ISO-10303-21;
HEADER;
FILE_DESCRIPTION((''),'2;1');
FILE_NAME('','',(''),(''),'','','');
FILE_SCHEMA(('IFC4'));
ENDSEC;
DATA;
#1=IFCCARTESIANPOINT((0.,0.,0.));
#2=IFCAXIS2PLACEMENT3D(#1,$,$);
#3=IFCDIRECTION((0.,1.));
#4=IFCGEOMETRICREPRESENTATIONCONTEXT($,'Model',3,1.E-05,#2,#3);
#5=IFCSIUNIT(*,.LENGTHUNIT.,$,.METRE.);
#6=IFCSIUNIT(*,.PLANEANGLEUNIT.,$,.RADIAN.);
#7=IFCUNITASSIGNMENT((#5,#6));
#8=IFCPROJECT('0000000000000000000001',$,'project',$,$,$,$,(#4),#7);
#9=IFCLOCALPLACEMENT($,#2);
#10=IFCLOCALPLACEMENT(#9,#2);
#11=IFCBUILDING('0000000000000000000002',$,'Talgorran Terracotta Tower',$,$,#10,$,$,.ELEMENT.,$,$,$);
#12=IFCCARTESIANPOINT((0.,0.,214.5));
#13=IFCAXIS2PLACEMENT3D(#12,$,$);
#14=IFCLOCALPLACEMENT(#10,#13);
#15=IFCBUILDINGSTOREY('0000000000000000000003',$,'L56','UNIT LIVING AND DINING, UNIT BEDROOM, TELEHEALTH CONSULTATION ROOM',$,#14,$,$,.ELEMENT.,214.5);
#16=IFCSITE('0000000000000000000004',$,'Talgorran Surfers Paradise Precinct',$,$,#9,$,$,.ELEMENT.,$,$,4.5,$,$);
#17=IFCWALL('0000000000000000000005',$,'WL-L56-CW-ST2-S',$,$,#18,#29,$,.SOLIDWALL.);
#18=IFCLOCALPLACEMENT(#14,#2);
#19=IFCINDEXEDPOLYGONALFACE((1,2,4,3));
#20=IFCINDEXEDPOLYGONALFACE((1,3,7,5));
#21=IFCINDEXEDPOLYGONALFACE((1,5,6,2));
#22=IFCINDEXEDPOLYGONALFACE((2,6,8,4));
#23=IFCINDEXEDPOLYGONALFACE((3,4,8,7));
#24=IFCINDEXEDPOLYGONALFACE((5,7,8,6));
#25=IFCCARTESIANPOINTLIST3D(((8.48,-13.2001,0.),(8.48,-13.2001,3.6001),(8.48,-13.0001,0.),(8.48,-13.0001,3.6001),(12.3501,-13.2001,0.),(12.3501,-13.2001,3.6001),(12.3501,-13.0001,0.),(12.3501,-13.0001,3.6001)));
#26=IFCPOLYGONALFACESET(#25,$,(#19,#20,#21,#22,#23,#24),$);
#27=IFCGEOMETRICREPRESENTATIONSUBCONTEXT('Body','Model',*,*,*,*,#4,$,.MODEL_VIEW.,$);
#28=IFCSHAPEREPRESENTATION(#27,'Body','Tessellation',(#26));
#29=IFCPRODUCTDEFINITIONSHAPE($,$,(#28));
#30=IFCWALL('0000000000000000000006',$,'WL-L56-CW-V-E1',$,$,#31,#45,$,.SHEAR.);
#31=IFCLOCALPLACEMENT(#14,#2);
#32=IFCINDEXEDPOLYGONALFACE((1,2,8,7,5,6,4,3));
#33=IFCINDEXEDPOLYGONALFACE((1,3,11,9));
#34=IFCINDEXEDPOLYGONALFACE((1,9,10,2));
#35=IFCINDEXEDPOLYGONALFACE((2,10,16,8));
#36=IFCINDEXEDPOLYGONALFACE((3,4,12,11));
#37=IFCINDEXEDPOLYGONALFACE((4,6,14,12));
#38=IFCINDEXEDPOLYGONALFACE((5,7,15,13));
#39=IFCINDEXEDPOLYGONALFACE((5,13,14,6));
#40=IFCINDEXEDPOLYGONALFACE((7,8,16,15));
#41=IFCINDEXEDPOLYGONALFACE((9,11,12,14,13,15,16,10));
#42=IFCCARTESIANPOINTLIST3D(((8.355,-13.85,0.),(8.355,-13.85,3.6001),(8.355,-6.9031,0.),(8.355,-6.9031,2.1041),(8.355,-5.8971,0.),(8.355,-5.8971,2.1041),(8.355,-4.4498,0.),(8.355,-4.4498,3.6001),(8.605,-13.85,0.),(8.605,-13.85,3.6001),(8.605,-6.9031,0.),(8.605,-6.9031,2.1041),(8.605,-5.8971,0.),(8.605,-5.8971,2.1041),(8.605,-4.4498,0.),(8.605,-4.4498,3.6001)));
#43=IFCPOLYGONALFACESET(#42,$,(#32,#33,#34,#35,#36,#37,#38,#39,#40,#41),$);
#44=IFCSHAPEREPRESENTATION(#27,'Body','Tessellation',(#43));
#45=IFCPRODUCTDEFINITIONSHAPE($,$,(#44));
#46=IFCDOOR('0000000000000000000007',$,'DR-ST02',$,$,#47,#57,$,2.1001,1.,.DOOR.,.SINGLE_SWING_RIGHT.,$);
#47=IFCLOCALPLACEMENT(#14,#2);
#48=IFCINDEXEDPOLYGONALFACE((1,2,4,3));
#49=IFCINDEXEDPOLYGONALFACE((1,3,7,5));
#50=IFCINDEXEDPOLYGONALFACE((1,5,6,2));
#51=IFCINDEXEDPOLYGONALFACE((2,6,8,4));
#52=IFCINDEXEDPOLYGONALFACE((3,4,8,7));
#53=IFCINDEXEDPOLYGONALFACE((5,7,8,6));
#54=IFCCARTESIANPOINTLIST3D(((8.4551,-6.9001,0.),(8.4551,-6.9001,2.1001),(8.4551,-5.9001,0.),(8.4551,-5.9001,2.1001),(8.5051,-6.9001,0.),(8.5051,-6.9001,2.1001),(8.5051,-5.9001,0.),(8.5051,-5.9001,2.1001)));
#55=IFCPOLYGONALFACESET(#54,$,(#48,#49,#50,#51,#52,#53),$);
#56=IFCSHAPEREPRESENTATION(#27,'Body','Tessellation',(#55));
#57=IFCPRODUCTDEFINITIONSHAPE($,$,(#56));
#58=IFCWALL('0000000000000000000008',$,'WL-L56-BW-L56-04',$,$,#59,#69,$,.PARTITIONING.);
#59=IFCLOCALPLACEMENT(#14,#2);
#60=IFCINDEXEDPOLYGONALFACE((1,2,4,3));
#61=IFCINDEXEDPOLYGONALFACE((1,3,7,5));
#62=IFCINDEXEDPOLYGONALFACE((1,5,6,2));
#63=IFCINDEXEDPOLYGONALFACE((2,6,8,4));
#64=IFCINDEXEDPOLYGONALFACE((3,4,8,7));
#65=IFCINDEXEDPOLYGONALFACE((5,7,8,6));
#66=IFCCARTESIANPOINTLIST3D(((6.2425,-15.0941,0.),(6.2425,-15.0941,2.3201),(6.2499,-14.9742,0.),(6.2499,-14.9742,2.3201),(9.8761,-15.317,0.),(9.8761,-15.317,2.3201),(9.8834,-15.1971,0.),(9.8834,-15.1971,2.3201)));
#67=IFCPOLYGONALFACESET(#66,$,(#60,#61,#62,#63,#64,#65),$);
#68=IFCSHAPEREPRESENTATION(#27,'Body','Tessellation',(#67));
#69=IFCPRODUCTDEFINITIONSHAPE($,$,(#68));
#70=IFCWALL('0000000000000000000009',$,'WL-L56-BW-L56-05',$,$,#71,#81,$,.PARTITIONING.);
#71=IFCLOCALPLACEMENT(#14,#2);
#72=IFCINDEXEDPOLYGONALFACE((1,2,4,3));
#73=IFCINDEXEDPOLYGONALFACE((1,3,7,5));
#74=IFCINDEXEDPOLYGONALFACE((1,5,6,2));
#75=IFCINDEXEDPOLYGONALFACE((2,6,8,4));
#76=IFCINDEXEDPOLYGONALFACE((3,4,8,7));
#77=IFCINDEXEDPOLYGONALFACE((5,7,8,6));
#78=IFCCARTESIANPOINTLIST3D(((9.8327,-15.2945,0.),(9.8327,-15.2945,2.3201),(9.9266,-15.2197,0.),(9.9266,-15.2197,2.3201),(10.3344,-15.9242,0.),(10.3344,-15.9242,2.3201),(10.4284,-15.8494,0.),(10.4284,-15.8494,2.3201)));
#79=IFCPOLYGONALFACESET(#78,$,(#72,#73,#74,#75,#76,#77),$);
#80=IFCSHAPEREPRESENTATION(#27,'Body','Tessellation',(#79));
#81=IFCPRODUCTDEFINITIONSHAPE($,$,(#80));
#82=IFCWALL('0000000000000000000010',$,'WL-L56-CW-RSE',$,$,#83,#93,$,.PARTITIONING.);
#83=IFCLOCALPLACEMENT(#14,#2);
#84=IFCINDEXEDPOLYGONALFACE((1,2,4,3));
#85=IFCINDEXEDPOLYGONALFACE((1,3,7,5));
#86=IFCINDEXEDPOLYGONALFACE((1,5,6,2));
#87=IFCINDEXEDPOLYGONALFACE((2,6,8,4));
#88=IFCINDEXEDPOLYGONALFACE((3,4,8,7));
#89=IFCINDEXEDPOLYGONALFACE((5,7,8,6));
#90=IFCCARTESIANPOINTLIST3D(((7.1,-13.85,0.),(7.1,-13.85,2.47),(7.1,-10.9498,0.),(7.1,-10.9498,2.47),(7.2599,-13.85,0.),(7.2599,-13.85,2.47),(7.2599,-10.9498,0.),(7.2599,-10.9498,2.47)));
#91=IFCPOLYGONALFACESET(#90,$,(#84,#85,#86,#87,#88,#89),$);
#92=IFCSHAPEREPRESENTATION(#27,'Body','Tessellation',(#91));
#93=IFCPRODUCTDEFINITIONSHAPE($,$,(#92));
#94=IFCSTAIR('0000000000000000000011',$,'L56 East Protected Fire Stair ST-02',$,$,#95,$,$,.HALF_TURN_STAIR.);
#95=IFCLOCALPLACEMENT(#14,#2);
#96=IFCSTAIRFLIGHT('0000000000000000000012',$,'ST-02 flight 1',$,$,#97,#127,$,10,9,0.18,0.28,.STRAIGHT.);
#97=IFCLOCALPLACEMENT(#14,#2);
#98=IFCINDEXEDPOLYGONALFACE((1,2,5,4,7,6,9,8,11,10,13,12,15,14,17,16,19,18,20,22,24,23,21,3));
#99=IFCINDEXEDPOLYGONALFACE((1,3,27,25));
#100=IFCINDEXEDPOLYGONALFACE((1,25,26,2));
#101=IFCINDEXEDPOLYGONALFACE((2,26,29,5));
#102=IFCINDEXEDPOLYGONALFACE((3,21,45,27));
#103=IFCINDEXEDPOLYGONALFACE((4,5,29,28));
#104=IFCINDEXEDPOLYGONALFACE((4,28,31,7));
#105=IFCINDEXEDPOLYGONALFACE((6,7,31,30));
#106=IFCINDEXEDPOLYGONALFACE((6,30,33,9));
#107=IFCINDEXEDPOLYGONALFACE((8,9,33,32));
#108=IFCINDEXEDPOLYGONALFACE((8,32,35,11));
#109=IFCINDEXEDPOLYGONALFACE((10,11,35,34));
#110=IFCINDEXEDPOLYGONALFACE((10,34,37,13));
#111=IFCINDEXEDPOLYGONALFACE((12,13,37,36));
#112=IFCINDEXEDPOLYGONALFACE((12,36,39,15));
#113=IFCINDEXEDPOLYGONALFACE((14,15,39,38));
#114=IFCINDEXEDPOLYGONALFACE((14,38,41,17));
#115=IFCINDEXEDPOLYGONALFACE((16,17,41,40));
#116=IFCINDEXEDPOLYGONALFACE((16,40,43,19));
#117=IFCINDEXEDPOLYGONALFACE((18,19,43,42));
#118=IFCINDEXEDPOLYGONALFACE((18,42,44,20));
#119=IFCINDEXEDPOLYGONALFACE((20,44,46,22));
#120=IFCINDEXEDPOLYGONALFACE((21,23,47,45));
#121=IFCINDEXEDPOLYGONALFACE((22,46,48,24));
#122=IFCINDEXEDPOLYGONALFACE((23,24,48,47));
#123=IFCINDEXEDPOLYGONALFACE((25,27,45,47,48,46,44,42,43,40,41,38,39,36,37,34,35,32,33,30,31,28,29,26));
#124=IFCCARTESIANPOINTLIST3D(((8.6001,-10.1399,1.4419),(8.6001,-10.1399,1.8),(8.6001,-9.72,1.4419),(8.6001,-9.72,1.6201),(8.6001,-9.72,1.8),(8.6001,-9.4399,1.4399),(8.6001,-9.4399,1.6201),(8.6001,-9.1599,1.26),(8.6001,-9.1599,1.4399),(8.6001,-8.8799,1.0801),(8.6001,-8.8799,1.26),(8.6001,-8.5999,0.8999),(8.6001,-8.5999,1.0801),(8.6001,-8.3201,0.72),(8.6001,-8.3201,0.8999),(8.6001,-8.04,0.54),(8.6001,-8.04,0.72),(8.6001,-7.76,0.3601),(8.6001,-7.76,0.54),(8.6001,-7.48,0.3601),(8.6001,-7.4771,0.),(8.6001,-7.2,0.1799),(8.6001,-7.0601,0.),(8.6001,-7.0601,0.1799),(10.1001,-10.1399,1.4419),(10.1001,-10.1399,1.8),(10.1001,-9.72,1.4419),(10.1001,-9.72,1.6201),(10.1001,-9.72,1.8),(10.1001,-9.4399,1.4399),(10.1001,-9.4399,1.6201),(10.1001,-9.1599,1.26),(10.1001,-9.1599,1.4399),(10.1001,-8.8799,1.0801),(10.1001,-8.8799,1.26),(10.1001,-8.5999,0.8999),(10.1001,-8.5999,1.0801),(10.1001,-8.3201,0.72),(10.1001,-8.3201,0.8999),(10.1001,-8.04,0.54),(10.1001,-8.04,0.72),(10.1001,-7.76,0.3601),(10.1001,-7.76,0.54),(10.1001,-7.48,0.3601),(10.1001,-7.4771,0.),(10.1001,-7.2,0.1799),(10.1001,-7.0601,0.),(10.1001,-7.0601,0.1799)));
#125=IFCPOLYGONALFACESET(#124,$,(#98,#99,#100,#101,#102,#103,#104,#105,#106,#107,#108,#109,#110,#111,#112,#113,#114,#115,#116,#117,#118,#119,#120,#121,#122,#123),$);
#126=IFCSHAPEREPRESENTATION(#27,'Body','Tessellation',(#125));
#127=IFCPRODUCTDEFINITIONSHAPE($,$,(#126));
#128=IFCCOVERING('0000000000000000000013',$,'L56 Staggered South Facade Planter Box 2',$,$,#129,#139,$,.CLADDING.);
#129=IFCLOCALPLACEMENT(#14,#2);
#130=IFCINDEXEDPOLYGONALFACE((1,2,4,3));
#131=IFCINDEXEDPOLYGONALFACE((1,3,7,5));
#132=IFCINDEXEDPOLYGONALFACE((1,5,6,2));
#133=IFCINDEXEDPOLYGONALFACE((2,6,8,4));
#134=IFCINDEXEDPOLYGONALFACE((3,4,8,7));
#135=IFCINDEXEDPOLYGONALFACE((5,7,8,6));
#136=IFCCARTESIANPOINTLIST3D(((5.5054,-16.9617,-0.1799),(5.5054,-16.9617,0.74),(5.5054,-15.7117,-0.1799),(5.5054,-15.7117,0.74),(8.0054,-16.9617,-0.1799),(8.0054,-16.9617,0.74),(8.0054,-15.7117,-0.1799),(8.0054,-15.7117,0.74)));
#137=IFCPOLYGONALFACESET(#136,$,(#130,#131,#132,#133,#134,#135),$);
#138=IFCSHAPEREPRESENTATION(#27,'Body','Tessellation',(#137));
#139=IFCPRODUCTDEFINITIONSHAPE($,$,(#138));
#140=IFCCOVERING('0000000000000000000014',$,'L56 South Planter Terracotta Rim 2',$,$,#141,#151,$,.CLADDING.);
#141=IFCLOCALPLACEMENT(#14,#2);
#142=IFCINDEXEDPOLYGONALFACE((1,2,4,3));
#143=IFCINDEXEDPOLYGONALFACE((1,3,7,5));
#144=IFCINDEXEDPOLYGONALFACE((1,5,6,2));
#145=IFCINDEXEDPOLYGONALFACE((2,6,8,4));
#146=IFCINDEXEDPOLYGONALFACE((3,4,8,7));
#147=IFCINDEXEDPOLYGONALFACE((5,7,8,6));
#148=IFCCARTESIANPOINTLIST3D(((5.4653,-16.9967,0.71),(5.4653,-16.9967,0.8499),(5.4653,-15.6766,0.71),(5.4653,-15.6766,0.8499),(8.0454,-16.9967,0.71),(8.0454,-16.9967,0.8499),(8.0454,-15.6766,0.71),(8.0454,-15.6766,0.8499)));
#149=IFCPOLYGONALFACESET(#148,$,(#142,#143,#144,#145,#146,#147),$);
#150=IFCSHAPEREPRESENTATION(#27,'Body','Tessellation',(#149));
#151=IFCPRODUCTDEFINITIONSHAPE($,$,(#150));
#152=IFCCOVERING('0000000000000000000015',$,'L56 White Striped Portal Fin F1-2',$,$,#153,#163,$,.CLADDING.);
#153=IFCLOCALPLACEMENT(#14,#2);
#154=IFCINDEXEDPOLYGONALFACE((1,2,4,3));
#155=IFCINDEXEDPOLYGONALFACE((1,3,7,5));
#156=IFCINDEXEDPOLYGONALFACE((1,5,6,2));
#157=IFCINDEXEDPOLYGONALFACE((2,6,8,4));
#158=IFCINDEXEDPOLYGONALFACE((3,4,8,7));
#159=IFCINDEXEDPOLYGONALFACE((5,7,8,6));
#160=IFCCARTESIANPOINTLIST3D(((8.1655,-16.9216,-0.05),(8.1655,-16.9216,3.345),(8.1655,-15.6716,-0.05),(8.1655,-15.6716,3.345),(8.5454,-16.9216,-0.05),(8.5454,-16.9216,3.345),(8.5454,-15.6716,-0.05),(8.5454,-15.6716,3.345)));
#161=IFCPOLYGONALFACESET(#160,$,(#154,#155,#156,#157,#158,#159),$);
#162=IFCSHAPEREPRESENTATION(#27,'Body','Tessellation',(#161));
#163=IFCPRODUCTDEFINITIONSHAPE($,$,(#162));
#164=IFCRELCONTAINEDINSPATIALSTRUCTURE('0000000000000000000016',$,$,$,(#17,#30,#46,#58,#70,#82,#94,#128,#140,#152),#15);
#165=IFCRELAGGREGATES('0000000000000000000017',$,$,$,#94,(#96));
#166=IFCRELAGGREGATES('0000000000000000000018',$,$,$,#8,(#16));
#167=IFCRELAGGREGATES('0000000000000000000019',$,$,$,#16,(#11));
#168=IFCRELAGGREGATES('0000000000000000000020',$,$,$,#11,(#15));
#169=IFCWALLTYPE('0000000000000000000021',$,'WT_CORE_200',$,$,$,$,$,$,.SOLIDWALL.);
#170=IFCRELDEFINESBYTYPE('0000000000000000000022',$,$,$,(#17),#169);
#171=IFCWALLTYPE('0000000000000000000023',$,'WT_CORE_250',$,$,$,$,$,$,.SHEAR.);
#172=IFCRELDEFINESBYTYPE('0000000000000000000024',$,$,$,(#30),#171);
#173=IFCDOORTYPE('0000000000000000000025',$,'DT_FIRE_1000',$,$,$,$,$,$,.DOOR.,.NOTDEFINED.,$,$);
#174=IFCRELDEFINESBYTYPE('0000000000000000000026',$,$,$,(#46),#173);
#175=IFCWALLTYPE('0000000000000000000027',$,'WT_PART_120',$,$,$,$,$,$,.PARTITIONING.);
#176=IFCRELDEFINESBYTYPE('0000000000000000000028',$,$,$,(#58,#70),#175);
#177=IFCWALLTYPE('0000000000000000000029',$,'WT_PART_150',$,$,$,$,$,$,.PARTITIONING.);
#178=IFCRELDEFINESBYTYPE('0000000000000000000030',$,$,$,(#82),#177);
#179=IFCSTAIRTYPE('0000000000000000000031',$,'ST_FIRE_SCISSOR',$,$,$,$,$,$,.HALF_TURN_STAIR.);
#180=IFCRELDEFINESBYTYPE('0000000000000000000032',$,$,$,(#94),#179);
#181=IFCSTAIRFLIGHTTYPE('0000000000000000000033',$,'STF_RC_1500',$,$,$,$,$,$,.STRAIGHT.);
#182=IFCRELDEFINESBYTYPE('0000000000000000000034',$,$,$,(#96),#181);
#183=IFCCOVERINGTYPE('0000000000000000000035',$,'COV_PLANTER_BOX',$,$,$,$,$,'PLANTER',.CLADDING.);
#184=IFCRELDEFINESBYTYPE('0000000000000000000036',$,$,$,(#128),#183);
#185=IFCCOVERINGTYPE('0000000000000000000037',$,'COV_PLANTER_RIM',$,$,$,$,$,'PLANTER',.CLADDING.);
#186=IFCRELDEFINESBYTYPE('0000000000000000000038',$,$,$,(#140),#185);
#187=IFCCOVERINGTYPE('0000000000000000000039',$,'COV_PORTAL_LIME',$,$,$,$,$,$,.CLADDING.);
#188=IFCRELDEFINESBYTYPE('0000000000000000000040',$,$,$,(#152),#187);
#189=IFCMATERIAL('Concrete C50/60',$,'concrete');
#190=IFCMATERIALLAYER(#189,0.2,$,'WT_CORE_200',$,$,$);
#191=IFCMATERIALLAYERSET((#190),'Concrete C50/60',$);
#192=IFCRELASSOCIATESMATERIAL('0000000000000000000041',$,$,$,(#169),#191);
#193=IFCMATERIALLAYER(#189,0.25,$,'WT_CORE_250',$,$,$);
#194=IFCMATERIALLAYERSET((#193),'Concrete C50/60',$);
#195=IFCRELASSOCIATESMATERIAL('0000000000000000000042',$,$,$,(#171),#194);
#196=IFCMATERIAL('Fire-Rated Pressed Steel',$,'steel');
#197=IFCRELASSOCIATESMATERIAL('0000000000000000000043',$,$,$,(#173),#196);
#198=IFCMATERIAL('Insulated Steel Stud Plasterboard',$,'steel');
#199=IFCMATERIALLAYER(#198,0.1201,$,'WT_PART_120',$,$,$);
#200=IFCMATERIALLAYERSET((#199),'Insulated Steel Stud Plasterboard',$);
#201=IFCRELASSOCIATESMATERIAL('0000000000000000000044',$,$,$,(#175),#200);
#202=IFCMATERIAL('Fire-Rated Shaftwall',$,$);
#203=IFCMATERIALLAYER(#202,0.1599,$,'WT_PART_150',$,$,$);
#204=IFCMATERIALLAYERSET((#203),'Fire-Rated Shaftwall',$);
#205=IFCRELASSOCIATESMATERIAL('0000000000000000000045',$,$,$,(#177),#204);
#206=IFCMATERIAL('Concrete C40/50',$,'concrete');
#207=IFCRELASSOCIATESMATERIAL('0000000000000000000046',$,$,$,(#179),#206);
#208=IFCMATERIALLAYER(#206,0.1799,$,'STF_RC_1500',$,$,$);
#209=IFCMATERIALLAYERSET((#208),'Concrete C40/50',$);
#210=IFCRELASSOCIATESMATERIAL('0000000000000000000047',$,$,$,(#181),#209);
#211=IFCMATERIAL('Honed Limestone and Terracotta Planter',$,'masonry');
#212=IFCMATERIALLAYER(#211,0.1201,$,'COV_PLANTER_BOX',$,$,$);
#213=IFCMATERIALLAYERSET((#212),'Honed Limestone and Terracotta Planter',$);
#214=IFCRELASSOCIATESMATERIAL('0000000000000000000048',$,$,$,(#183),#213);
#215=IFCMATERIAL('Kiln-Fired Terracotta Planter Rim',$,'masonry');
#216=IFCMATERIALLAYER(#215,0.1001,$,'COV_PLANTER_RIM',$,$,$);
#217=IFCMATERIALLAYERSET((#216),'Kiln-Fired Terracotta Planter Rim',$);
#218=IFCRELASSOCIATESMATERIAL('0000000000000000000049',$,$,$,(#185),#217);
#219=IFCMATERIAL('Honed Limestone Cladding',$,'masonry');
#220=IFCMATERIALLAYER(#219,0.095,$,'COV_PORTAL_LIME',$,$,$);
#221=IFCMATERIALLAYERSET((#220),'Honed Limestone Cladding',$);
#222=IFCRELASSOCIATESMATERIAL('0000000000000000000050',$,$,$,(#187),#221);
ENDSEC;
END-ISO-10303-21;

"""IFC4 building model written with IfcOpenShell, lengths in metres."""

from ifc_helpers import new_model, si_unit, direction, frame, frame_2d, origin, origin_2d, place, context, subcontext, project, spatial, polyline, rectangle, outline, extrude, material, layer, layer_set, type_object, element, fill, aggregate, save


model = new_model("IFC4")

# Units and contexts
model_context = context("Model", 3, precision=1e-05, world=origin(), true_north=direction((0.0, 1.0)))
body_context = subcontext(model_context, "Body", "Model", "MODEL_VIEW")
ifc_project = project(units=[si_unit("LENGTHUNIT", "METRE"), si_unit("PLANEANGLEUNIT", "RADIAN")], contexts=[model_context])

# Site, building, storey
site_placement = place(None, origin())
site = spatial("IfcSite", under=ifc_project, at=site_placement, Name="Talgorran Surfers Paradise Precinct", CompositionType="ELEMENT", RefElevation=4.5)
building_placement = place(site_placement, origin())
building = spatial("IfcBuilding", under=site, at=building_placement, Name="Talgorran Terracotta Tower", CompositionType="ELEMENT")
storey_placement = place(building_placement, frame((0.0, 0.0, 214.5)))
storey = spatial("IfcBuildingStorey", under=building, at=storey_placement, Name="L56", Description="UNIT LIVING AND DINING, UNIT BEDROOM, TELEHEALTH CONSULTATION ROOM", CompositionType="ELEMENT", Elevation=214.5)

# Wall
ifc_material_1 = material(Name="Concrete C50/60", Category="concrete")
ifc_layer_1 = layer(ifc_material_1, 0.2, Name="WT_CORE_200")
ifc_layer_set_1 = layer_set([ifc_layer_1], Name="Concrete C50/60")
wall_type_1 = type_object("IfcWallType", Name="WT_CORE_200", PredefinedType="SOLIDWALL", material=ifc_layer_set_1)
wall_1_placement = place(storey_placement, frame((8.48, -13.1001, 0.0), z_axis=(0.0, 0.0, 1.0), x_axis=(1.0, 0.0, 0.0)))
element("IfcWall", 1, at=wall_1_placement, inside=storey, type_object=wall_type_1, Name="WL-L56-CW-ST2-S", PredefinedType="SOLIDWALL", context=body_context, shape_type="SweptSolid", body=[
    extrude(rectangle(XDim=3.8701, YDim=0.2, at=frame_2d((1.9351, 0.0))), origin(), (0.0, 0.0, 1.0), 3.6001),
])

# Wall, opening, door
ifc_layer_2 = layer(ifc_material_1, 0.25, Name="WT_CORE_250")
ifc_layer_set_2 = layer_set([ifc_layer_2], Name="Concrete C50/60")
wall_type_2 = type_object("IfcWallType", Name="WT_CORE_250", PredefinedType="SHEAR", material=ifc_layer_set_2)
wall_2_placement = place(storey_placement, frame((8.48, -13.8501, 0.0), z_axis=(0.0, 0.0, 1.0), x_axis=(0.0, 1.0, 0.0)))
wall_2 = element("IfcWall", 2, at=wall_2_placement, inside=storey, type_object=wall_type_2, Name="WL-L56-CW-V-E1", PredefinedType="SHEAR", context=body_context, shape_type="SweptSolid", body=[
    extrude(rectangle(XDim=9.4001, YDim=0.25, at=frame_2d((4.7002, 0.0))), origin(), (0.0, 0.0, 1.0), 3.6001),
])
opening_placement = place(wall_2_placement, frame((6.95, 0.0, 0.0)))
opening = element("IfcOpeningElement", 3, at=opening_placement, cuts=wall_2, PredefinedType="OPENING", context=body_context, shape_type="SweptSolid", body=[
    extrude(rectangle(XDim=1.006, YDim=2.1041, at=frame_2d((0.5, 1.052))), frame((0.0, 0.135, 0.0), z_axis=(0.0, -1.0, 0.0), x_axis=(1.0, 0.0, 0.0)), (0.0, 0.0, 1.0), 0.27),
])
ifc_material_2 = material(Name="Fire-Rated Pressed Steel", Category="steel")
door_type = type_object("IfcDoorType", Name="DT_FIRE_1000", OperationType="NOTDEFINED", PredefinedType="DOOR", material=ifc_material_2)
door_placement = place(opening_placement, origin())
door = element("IfcDoor", 4, at=door_placement, inside=storey, type_object=door_type, Name="DR-ST02", OperationType="SINGLE_SWING_RIGHT", OverallHeight=2.1001, OverallWidth=1.0, PredefinedType="DOOR", context=body_context, shape_type="SweptSolid", body=[
    extrude(rectangle(XDim=1.0, YDim=2.1001, at=frame_2d((0.5, 1.05))), frame((0.0, 0.0249, 0.0), z_axis=(0.0, -1.0, 0.0), x_axis=(1.0, 0.0, 0.0)), (0.0, 0.0, 1.0), 0.05),
])
fill(opening, door)

# Walls
ifc_material_3 = material(Name="Insulated Steel Stud Plasterboard", Category="steel")
ifc_layer_3 = layer(ifc_material_3, 0.1201, Name="WT_PART_120")
ifc_layer_set_3 = layer_set([ifc_layer_3], Name="Insulated Steel Stud Plasterboard")
wall_type_3 = type_object("IfcWallType", Name="WT_PART_120", PredefinedType="PARTITIONING", material=ifc_layer_set_3)
wall_3_placement = place(storey_placement, frame((6.2461, -15.0342, 0.0), z_axis=(0.0, 0.0, 1.0), x_axis=(0.998124, -0.06123, 0.0)))
element("IfcWall", 5, at=wall_3_placement, inside=storey, type_object=wall_type_3, Name="WL-L56-BW-L56-04", PredefinedType="PARTITIONING", context=body_context, shape_type="SweptSolid", body=[
    extrude(rectangle(XDim=3.6404, YDim=0.1201, at=frame_2d((1.8203, 0.0))), origin(), (0.0, 0.0, 1.0), 2.3201),
])
wall_4_placement = place(storey_placement, frame((9.8796, -15.2571, 0.0), z_axis=(0.0, 0.0, 1.0), x_axis=(0.623178, -0.78208, 0.0)))
element("IfcWall", 6, at=wall_4_placement, inside=storey, type_object=wall_type_3, Name="WL-L56-BW-L56-05", PredefinedType="PARTITIONING", context=body_context, shape_type="SweptSolid", body=[
    extrude(rectangle(XDim=0.8052, YDim=0.1201, at=frame_2d((0.4026, 0.0))), origin(), (0.0, 0.0, 1.0), 2.3201),
])
ifc_material_4 = material(Name="Fire-Rated Shaftwall")
ifc_layer_4 = layer(ifc_material_4, 0.1599, Name="WT_PART_150")
ifc_layer_set_4 = layer_set([ifc_layer_4], Name="Fire-Rated Shaftwall")
wall_type_4 = type_object("IfcWallType", Name="WT_PART_150", PredefinedType="PARTITIONING", material=ifc_layer_set_4)
wall_5_placement = place(storey_placement, frame((7.1799, -13.8501, 0.0), z_axis=(0.0, 0.0, 1.0), x_axis=(0.0, 1.0, 0.0)))
element("IfcWall", 7, at=wall_5_placement, inside=storey, type_object=wall_type_4, Name="WL-L56-CW-RSE", PredefinedType="PARTITIONING", context=body_context, shape_type="SweptSolid", body=[
    extrude(rectangle(XDim=2.9001, YDim=0.1599, at=frame_2d((1.4502, 0.0))), origin(), (0.0, 0.0, 1.0), 2.47),
])

# Stair, stair flight
ifc_material_5 = material(Name="Concrete C40/50", Category="concrete")
stair_type = type_object("IfcStairType", Name="ST_FIRE_SCISSOR", PredefinedType="HALF_TURN_STAIR", material=ifc_material_5)
stair_placement = place(storey_placement, origin())
stair = element("IfcStair", 8, at=stair_placement, inside=storey, type_object=stair_type, Name="L56 East Protected Fire Stair ST-02", PredefinedType="HALF_TURN_STAIR")
ifc_layer_5 = layer(ifc_material_5, 0.1799, Name="STF_RC_1500")
ifc_layer_set_5 = layer_set([ifc_layer_5], Name="Concrete C40/50")
stair_flight_type = type_object("IfcStairFlightType", Name="STF_RC_1500", PredefinedType="STRAIGHT", material=ifc_layer_set_5)
stair_flight_placement = place(storey_placement, frame((9.3501, -7.2, 0.0), z_axis=(0.0, 0.0, 1.0), x_axis=(0.0, -1.0, 0.0)))
stair_flight = element("IfcStairFlight", 9, at=stair_flight_placement, type_object=stair_flight_type, Name="ST-02 flight 1", NumberOfRisers=10, NumberOfTreads=9, PredefinedType="STRAIGHT", RiserHeight=0.18, TreadLength=0.28, context=body_context, shape_type="SweptSolid", body=[
    extrude(outline(polyline([(-0.1399, 0.0), (-0.1399, 0.1799), (0.0, 0.1799), (0.28, 0.3601), (0.5601, 0.3601), (0.5601, 0.54), (0.8401, 0.54), (0.8401, 0.72), (1.1201, 0.72), (1.1201, 0.8999), (1.3999, 0.8999), (1.3999, 1.0801), (1.6799, 1.0801), (1.6799, 1.26), (1.96, 1.26), (1.96, 1.4399), (2.24, 1.4399), (2.24, 1.6201), (2.52, 1.6201), (2.52, 1.8), (2.9399, 1.8), (2.9399, 1.4419), (2.52, 1.4419), (0.2771, 0.0), (-0.1399, 0.0)])), frame((0.0, 0.75, 0.0), z_axis=(0.0, -1.0, 0.0), x_axis=(1.0, 0.0, 0.0)), (0.0, 0.0, 1.0), 1.5),
])
aggregate(stair, [stair_flight])

# Coverings
ifc_material_6 = material(Name="Honed Limestone and Terracotta Planter", Category="masonry")
ifc_layer_6 = layer(ifc_material_6, 0.1201, Name="COV_PLANTER_BOX")
ifc_layer_set_6 = layer_set([ifc_layer_6], Name="Honed Limestone and Terracotta Planter")
covering_type_1 = type_object("IfcCoveringType", Name="COV_PLANTER_BOX", ElementType="PLANTER", PredefinedType="CLADDING", material=ifc_layer_set_6)
covering_1_placement = place(storey_placement, frame((6.7554, -16.3367, -0.1799), z_axis=(0.0, 0.0, 1.0), x_axis=(1.0, 0.0, 0.0)))
element("IfcCovering", 10, at=covering_1_placement, inside=storey, type_object=covering_type_1, Name="L56 Staggered South Facade Planter Box 2", PredefinedType="CLADDING", context=body_context, shape_type="SweptSolid", body=[
    extrude(rectangle(XDim=2.5, YDim=1.25, at=origin_2d()), origin(), (0.0, 0.0, 1.0), 0.9199),
])
ifc_material_7 = material(Name="Kiln-Fired Terracotta Planter Rim", Category="masonry")
ifc_layer_7 = layer(ifc_material_7, 0.1001, Name="COV_PLANTER_RIM")
ifc_layer_set_7 = layer_set([ifc_layer_7], Name="Kiln-Fired Terracotta Planter Rim")
covering_type_2 = type_object("IfcCoveringType", Name="COV_PLANTER_RIM", ElementType="PLANTER", PredefinedType="CLADDING", material=ifc_layer_set_7)
covering_2_placement = place(storey_placement, frame((6.7554, -16.3367, 0.71), z_axis=(0.0, 0.0, 1.0), x_axis=(1.0, 0.0, 0.0)))
element("IfcCovering", 11, at=covering_2_placement, inside=storey, type_object=covering_type_2, Name="L56 South Planter Terracotta Rim 2", PredefinedType="CLADDING", context=body_context, shape_type="SweptSolid", body=[
    extrude(rectangle(XDim=2.5801, YDim=1.3201, at=origin_2d()), origin(), (0.0, 0.0, 1.0), 0.1399),
])
ifc_material_8 = material(Name="Honed Limestone Cladding", Category="masonry")
ifc_layer_8 = layer(ifc_material_8, 0.095, Name="COV_PORTAL_LIME")
ifc_layer_set_8 = layer_set([ifc_layer_8], Name="Honed Limestone Cladding")
covering_type_3 = type_object("IfcCoveringType", Name="COV_PORTAL_LIME", PredefinedType="CLADDING", material=ifc_layer_set_8)
covering_3_placement = place(storey_placement, frame((8.3555, -16.2966, -0.05), z_axis=(0.0, 0.0, 1.0), x_axis=(1.0, 0.0, 0.0)))
element("IfcCovering", 12, at=covering_3_placement, inside=storey, type_object=covering_type_3, Name="L56 White Striped Portal Fin F1-2", PredefinedType="CLADDING", context=body_context, shape_type="SweptSolid", body=[
    extrude(rectangle(XDim=0.3799, YDim=1.25, at=origin_2d()), origin(), (0.0, 0.0, 1.0), 3.395),
])

save(model, "model.ifc")
